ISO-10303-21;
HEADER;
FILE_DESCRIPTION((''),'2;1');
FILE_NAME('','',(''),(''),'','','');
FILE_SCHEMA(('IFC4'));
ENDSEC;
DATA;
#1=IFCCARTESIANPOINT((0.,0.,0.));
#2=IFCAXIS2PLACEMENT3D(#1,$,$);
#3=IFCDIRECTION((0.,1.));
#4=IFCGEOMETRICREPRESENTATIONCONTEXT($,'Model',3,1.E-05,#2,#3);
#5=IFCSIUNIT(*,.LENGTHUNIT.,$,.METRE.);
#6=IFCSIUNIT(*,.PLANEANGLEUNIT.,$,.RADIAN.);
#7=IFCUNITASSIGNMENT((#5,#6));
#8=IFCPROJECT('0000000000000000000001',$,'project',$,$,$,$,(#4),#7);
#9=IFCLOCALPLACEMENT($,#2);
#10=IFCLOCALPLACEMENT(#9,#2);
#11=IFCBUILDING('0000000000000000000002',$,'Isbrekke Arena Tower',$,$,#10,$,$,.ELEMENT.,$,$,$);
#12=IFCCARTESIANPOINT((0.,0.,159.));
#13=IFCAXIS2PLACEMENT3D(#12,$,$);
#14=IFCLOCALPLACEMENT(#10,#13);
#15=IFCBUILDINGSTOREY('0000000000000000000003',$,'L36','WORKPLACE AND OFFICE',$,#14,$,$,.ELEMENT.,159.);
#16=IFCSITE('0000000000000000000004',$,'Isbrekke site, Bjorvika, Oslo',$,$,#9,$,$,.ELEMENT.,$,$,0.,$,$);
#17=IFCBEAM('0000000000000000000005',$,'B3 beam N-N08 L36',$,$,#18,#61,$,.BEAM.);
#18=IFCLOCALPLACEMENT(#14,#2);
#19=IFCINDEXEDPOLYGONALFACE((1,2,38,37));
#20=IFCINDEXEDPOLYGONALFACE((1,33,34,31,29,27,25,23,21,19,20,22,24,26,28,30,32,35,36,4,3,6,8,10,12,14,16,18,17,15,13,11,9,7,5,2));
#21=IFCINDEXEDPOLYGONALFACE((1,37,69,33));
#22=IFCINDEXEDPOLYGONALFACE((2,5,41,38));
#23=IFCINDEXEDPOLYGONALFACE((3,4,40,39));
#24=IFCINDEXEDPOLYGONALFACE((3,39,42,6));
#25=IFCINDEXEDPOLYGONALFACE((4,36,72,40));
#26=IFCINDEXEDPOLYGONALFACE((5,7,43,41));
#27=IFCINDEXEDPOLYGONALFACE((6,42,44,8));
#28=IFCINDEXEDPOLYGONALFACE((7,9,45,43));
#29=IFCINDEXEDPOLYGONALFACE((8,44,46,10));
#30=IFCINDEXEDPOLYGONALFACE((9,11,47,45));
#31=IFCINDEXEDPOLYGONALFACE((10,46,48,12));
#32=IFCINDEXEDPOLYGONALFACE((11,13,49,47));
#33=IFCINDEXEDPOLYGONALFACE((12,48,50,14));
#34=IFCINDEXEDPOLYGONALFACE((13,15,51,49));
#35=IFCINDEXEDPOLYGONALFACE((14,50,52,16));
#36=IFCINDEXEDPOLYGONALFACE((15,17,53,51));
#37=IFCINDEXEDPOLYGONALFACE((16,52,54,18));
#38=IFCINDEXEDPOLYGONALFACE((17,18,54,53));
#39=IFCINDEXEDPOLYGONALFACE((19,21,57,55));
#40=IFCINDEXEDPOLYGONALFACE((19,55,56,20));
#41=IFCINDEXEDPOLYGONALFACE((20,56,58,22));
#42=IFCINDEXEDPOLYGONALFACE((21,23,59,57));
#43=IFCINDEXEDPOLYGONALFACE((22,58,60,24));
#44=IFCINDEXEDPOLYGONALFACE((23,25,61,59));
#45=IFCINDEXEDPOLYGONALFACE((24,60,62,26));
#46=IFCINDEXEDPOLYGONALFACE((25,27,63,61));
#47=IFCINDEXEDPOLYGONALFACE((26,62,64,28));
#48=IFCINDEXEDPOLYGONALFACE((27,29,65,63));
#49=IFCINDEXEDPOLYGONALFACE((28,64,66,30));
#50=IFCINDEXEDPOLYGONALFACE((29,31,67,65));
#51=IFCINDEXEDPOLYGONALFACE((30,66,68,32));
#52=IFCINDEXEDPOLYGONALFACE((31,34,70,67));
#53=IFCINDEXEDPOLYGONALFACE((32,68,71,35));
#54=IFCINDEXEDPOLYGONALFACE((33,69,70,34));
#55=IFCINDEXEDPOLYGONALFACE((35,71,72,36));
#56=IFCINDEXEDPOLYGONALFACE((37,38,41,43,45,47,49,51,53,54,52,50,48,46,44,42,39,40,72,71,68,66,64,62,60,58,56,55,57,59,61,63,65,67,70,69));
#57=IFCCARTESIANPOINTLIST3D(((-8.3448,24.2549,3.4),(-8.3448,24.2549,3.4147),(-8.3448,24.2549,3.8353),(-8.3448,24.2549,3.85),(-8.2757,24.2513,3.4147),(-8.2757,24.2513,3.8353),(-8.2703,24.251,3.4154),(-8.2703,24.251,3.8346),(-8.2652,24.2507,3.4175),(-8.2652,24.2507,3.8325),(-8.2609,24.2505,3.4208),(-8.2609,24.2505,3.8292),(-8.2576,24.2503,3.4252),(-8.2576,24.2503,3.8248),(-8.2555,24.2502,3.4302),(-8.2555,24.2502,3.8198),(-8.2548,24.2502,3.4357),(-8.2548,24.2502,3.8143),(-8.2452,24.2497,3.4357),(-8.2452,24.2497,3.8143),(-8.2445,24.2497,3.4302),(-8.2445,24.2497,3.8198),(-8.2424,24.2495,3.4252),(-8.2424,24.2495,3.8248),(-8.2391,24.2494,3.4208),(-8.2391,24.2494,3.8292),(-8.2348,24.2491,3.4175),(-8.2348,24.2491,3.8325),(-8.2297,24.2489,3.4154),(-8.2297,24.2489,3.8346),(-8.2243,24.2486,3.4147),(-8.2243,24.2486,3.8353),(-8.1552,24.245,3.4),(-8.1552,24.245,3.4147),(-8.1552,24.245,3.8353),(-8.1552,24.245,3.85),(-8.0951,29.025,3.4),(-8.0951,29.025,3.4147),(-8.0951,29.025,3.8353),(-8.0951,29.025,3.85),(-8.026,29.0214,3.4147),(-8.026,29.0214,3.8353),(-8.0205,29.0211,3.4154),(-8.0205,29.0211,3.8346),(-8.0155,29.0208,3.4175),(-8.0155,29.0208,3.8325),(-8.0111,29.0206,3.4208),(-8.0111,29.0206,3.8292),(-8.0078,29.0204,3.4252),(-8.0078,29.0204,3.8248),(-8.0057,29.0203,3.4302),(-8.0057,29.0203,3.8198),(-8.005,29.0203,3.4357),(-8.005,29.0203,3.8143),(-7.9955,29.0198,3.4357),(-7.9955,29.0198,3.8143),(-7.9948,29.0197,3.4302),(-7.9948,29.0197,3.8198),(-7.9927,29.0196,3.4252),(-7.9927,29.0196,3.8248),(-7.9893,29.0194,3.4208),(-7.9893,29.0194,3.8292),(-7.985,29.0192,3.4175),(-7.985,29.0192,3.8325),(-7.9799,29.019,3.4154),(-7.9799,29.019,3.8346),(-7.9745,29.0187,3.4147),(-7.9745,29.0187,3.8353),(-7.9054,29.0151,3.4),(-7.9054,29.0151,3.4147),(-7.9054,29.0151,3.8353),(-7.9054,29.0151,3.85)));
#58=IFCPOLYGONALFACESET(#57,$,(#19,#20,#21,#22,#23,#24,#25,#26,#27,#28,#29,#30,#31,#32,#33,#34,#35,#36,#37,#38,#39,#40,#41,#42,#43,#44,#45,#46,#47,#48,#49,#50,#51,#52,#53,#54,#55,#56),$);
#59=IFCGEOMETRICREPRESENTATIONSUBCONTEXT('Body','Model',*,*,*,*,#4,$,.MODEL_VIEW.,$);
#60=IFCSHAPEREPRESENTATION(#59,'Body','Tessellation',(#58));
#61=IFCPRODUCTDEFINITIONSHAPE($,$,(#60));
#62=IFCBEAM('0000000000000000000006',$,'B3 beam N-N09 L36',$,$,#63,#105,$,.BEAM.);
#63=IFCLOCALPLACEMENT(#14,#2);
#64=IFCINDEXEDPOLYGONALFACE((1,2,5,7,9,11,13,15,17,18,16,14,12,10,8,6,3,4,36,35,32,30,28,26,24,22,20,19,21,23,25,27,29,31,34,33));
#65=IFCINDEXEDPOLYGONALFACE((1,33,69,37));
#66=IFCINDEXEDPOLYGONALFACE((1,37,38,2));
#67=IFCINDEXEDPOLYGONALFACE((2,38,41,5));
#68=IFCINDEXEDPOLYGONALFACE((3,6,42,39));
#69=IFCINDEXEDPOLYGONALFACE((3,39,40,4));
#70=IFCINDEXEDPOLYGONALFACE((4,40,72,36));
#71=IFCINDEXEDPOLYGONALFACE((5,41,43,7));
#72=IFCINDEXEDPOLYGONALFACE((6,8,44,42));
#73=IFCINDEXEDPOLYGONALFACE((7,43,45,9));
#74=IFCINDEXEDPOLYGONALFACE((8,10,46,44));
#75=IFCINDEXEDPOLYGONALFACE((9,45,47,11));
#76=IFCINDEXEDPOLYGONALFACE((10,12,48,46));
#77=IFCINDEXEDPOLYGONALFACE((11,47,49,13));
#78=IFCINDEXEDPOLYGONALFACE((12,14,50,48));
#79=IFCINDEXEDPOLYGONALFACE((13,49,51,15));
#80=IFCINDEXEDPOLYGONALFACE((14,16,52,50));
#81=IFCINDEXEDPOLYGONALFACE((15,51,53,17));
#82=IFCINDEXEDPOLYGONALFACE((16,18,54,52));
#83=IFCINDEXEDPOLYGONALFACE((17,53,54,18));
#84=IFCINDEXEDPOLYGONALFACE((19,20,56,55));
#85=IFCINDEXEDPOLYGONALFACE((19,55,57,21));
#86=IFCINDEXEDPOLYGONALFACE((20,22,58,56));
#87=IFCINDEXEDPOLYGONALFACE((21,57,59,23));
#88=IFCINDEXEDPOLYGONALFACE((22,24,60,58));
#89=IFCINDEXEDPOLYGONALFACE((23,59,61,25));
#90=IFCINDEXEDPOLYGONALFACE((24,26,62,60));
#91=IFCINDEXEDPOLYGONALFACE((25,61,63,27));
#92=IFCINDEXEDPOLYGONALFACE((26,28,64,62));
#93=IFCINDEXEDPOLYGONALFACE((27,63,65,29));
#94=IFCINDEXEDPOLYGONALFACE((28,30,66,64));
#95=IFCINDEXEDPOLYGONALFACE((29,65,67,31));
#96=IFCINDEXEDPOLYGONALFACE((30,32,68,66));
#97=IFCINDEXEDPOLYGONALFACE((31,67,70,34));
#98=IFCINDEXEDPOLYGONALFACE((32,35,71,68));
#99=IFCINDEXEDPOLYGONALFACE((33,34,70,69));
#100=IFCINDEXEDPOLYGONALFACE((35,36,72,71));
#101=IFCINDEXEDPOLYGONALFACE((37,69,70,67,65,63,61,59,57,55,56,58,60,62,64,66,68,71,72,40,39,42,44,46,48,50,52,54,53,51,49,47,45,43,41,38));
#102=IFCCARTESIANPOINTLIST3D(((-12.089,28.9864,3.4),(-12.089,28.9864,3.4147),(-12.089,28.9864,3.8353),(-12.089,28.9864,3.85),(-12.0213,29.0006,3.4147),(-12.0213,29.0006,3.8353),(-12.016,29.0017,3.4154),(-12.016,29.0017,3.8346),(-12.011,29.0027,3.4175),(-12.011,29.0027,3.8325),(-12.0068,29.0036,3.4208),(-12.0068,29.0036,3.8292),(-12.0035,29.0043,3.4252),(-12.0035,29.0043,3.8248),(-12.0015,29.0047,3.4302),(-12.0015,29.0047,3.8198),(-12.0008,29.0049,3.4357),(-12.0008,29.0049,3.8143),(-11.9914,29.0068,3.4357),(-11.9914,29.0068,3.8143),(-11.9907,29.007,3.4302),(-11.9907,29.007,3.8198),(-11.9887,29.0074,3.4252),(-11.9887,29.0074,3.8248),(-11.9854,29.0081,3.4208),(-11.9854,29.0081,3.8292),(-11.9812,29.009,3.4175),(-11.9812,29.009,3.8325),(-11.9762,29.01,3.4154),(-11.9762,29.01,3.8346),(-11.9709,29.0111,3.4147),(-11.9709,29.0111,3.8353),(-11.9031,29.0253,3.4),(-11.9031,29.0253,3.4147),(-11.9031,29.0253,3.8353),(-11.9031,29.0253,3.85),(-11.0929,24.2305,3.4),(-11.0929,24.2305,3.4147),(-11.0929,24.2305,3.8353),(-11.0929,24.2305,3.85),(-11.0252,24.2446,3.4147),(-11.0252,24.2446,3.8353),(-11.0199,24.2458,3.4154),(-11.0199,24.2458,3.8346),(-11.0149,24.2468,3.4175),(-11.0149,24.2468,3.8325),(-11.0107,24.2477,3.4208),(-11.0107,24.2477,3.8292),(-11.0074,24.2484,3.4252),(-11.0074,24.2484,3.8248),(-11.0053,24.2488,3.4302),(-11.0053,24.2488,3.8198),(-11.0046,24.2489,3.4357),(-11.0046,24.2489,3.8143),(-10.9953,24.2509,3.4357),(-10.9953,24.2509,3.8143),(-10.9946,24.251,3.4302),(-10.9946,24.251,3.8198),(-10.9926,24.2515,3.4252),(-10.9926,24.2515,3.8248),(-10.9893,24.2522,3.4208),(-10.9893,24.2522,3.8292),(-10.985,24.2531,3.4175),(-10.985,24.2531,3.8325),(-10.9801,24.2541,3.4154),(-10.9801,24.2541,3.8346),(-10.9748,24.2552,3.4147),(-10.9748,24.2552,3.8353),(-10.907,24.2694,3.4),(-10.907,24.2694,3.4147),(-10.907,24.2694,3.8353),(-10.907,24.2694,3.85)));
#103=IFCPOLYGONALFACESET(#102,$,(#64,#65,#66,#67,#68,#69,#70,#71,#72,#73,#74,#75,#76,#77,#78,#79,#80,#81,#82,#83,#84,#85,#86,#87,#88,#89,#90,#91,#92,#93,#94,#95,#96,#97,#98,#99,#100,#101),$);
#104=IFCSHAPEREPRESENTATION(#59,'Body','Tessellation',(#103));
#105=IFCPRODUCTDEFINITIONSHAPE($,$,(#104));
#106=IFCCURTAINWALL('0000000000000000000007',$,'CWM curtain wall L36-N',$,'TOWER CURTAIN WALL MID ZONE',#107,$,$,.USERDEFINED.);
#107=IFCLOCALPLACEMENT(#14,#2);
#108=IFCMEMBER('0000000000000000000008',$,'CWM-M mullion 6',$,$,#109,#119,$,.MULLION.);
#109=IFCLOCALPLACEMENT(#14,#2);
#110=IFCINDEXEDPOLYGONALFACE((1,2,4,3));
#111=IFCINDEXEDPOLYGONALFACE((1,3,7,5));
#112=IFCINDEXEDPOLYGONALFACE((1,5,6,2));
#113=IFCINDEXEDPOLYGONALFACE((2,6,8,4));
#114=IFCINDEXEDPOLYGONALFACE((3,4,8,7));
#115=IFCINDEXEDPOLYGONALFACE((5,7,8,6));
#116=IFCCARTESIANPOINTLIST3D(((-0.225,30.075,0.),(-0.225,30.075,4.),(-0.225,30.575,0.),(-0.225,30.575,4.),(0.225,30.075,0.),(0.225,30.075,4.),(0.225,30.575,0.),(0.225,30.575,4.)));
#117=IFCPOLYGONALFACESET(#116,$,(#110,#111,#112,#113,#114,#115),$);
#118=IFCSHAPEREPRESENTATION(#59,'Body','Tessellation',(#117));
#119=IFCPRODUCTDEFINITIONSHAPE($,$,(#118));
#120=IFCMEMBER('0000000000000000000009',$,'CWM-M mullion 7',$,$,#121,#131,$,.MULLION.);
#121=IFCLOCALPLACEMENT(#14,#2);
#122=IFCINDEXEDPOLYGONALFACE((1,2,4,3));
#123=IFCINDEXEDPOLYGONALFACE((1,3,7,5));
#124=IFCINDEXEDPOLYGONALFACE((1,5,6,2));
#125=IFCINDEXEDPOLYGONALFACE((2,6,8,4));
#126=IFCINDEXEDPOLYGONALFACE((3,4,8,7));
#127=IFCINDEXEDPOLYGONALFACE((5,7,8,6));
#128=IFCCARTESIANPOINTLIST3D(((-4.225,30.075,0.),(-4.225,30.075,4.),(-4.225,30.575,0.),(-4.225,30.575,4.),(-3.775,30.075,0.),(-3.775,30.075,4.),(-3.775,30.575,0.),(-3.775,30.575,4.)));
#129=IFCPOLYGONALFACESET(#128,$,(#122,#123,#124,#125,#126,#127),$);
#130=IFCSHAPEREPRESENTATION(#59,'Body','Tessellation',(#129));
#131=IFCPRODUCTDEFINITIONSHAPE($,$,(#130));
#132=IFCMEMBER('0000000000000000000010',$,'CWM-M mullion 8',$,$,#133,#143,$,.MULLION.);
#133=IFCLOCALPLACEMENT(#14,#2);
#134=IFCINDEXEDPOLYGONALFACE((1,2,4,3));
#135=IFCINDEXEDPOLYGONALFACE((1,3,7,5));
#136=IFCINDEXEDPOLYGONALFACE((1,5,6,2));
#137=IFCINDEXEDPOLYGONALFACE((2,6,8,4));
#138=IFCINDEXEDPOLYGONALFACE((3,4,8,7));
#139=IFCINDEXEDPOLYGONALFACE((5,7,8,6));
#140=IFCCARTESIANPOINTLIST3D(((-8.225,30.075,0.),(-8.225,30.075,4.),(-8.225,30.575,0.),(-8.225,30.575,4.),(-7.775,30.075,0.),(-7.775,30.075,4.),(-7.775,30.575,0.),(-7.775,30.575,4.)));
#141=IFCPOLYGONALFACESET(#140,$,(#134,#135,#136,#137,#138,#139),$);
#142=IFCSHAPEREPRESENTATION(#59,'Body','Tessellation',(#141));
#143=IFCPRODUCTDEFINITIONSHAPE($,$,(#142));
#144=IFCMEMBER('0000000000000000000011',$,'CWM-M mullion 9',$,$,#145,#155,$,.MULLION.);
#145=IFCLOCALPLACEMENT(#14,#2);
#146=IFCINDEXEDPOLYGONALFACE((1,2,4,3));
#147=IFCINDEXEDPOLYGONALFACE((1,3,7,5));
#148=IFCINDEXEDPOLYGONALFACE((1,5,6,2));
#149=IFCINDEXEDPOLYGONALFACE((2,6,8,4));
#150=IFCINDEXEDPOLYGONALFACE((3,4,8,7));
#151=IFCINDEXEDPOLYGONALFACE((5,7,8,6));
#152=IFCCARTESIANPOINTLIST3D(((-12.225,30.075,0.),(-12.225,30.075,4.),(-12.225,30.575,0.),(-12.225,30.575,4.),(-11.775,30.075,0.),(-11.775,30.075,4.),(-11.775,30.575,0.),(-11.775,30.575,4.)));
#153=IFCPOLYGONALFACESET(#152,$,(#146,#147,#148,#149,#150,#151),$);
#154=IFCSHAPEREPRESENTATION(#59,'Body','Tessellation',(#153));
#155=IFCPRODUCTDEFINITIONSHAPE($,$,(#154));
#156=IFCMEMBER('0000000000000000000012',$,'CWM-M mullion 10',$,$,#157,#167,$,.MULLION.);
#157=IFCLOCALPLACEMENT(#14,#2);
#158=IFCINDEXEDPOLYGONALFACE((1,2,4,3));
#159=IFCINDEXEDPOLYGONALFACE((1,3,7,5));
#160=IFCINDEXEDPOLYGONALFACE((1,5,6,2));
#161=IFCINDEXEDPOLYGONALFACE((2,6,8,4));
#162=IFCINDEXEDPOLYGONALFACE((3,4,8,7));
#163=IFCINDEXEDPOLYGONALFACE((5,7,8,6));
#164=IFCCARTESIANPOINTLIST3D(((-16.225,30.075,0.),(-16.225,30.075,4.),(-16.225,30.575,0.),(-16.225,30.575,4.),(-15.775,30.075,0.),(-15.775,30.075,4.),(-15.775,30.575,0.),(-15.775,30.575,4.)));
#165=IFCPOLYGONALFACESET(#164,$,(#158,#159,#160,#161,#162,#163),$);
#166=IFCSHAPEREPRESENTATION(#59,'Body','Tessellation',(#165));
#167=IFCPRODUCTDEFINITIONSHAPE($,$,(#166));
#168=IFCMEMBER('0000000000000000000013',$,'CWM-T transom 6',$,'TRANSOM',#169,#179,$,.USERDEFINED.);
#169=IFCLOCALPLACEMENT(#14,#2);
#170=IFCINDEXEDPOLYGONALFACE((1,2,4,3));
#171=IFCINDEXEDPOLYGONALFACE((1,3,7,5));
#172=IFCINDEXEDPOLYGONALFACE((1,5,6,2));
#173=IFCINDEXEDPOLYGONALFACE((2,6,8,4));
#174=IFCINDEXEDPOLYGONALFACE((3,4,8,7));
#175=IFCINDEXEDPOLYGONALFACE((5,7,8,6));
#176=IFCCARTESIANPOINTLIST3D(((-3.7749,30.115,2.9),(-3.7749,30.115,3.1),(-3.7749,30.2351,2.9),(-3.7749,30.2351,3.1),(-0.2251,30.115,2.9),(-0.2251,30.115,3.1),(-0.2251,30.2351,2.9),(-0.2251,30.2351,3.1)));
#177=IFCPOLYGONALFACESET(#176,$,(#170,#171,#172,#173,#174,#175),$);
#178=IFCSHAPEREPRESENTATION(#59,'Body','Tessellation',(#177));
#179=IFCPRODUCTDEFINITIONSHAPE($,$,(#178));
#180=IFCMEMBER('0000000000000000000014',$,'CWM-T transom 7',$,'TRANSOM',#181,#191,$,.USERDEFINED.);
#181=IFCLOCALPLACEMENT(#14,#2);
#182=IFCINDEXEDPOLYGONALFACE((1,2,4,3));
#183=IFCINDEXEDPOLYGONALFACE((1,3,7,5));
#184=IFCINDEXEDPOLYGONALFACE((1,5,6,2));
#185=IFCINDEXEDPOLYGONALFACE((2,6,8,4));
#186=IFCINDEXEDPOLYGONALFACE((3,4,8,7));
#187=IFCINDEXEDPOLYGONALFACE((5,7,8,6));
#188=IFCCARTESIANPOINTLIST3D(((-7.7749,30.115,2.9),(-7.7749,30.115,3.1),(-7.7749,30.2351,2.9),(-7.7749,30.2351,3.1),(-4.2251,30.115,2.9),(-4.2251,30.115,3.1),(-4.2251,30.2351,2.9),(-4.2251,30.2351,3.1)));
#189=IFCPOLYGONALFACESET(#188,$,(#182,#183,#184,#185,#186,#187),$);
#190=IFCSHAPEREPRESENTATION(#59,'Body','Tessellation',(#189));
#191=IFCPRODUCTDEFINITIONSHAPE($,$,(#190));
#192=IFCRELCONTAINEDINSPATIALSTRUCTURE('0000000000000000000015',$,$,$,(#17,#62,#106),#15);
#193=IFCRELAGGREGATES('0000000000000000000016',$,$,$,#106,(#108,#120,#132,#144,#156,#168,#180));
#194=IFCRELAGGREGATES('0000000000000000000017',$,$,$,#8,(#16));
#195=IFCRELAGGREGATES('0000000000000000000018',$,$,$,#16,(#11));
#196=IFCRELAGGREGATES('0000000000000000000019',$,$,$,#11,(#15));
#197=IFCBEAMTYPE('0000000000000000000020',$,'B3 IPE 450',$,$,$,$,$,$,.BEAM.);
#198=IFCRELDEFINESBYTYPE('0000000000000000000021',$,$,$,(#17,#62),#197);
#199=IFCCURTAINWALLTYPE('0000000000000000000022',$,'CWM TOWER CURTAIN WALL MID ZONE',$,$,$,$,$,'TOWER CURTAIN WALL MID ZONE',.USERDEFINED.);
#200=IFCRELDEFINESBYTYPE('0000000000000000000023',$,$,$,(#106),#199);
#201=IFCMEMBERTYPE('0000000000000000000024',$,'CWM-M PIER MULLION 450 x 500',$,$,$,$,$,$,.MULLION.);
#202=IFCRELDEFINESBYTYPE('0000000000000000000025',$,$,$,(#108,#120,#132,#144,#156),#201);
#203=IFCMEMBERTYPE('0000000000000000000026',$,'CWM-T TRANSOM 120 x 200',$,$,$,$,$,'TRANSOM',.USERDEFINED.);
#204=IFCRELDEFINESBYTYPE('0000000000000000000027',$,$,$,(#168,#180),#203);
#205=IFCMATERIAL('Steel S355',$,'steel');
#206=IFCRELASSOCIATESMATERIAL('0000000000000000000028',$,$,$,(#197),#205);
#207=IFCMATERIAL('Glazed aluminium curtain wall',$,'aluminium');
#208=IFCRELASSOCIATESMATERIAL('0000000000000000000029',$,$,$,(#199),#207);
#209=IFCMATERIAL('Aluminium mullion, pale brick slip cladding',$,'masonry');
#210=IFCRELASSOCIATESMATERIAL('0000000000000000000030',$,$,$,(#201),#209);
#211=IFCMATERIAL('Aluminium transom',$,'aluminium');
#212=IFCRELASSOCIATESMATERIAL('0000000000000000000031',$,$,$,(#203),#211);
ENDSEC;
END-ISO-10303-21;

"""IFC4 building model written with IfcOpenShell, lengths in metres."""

from ifc_helpers import new_model, si_unit, direction, frame, origin, origin_2d, place, context, subcontext, project, spatial, rectangle, i_section, extrude, material, material_profile, profile_set, type_object, element, aggregate, save


model = new_model("IFC4")

# Units and contexts
model_context = context("Model", 3, precision=1e-05, world=origin(), true_north=direction((0.0, 1.0)))
body_context = subcontext(model_context, "Body", "Model", "MODEL_VIEW")
ifc_project = project(units=[si_unit("LENGTHUNIT", "METRE"), si_unit("PLANEANGLEUNIT", "RADIAN")], contexts=[model_context])

# Site, building, storey
site_placement = place(None, origin())
site = spatial("IfcSite", under=ifc_project, at=site_placement, Name="Isbrekke site, Bjorvika, Oslo", CompositionType="ELEMENT", RefElevation=0.0)
building_placement = place(site_placement, origin())
building = spatial("IfcBuilding", under=site, at=building_placement, Name="Isbrekke Arena Tower", CompositionType="ELEMENT")
storey_placement = place(building_placement, frame((0.0, 0.0, 159.0)))
storey = spatial("IfcBuildingStorey", under=building, at=storey_placement, Name="L36", Description="WORKPLACE AND OFFICE", CompositionType="ELEMENT", Elevation=159.0)

# Beams
ifc_material_1 = material(Name="Steel S355", Category="steel")
ifc_material_profile_1 = material_profile(ifc_material_1, i_section(OverallWidth=0.1899, OverallDepth=0.45, WebThickness=0.0095, FlangeThickness=0.0146, FilletRadius=0.021, at=origin_2d()), Name="IPE 450")
ifc_profile_set_1 = profile_set([ifc_material_profile_1], Name="Steel S355")
beam_type_1 = type_object("IfcBeamType", Name="B3 IPE 450", PredefinedType="BEAM", material=ifc_profile_set_1)
beam_1_placement = place(storey_placement, frame((-8.0002, 29.02, 3.625), z_axis=(-0.052288, -0.998632, 0.0), x_axis=(0.998632, -0.052288, 0.0)))
element("IfcBeam", 1, at=beam_1_placement, inside=storey, type_object=beam_type_1, Name="B3 beam N-N08 L36", PredefinedType="BEAM", context=body_context, shape_type="SweptSolid", body=[
    extrude(i_section(OverallWidth=0.1899, OverallDepth=0.45, WebThickness=0.0095, FlangeThickness=0.0146, FilletRadius=0.021, at=origin_2d()), origin(), (0.0, 0.0, 1.0), 4.7766),
])
beam_2_placement = place(storey_placement, frame((-11.9961, 29.0059, 3.625), z_axis=(0.204997, -0.978762, 0.0), x_axis=(0.978762, 0.204997, 0.0)))
element("IfcBeam", 2, at=beam_2_placement, inside=storey, type_object=beam_type_1, Name="B3 beam N-N09 L36", PredefinedType="BEAM", context=body_context, shape_type="SweptSolid", body=[
    extrude(i_section(OverallWidth=0.1899, OverallDepth=0.45, WebThickness=0.0095, FlangeThickness=0.0146, FilletRadius=0.021, at=origin_2d()), origin(), (0.0, 0.0, 1.0), 4.8591),
])

# Curtain wall, members
ifc_material_2 = material(Name="Glazed aluminium curtain wall", Category="aluminium")
curtain_wall_type = type_object("IfcCurtainWallType", Name="CWM TOWER CURTAIN WALL MID ZONE", ElementType="TOWER CURTAIN WALL MID ZONE", PredefinedType="USERDEFINED", material=ifc_material_2)
curtain_wall_placement = place(storey_placement, origin())
curtain_wall = element("IfcCurtainWall", 3, at=curtain_wall_placement, inside=storey, type_object=curtain_wall_type, Name="CWM curtain wall L36-N", ObjectType="TOWER CURTAIN WALL MID ZONE", PredefinedType="USERDEFINED")
ifc_material_3 = material(Name="Aluminium mullion, pale brick slip cladding", Category="masonry")
ifc_material_profile_2 = material_profile(ifc_material_3, rectangle(XDim=0.45, YDim=0.5, at=origin_2d()), Name="PIER 450X500")
ifc_profile_set_2 = profile_set([ifc_material_profile_2], Name="Aluminium mullion, pale brick slip cladding")
member_type_1 = type_object("IfcMemberType", Name="CWM-M PIER MULLION 450 x 500", PredefinedType="MULLION", material=ifc_profile_set_2)
member_1_placement = place(storey_placement, frame((0.0, 30.325, 0.0), z_axis=(0.0, 0.0, 1.0), x_axis=(-1.0, 0.0, 0.0)))
member_1 = element("IfcMember", 4, at=member_1_placement, type_object=member_type_1, Name="CWM-M mullion 6", PredefinedType="MULLION", context=body_context, shape_type="SweptSolid", body=[
    extrude(rectangle(XDim=0.45, YDim=0.5, at=origin_2d()), origin(), (0.0, 0.0, 1.0), 4.0),
])
member_2_placement = place(storey_placement, frame((-4.0, 30.325, 0.0), z_axis=(0.0, 0.0, 1.0), x_axis=(-1.0, 0.0, 0.0)))
member_2 = element("IfcMember", 5, at=member_2_placement, type_object=member_type_1, Name="CWM-M mullion 7", PredefinedType="MULLION", context=body_context, shape_type="SweptSolid", body=[
    extrude(rectangle(XDim=0.45, YDim=0.5, at=origin_2d()), origin(), (0.0, 0.0, 1.0), 4.0),
])
member_3_placement = place(storey_placement, frame((-8.0, 30.325, 0.0), z_axis=(0.0, 0.0, 1.0), x_axis=(-1.0, 0.0, 0.0)))
member_3 = element("IfcMember", 6, at=member_3_placement, type_object=member_type_1, Name="CWM-M mullion 8", PredefinedType="MULLION", context=body_context, shape_type="SweptSolid", body=[
    extrude(rectangle(XDim=0.45, YDim=0.5, at=origin_2d()), origin(), (0.0, 0.0, 1.0), 4.0),
])
member_4_placement = place(storey_placement, frame((-12.0, 30.325, 0.0), z_axis=(0.0, 0.0, 1.0), x_axis=(-1.0, 0.0, 0.0)))
member_4 = element("IfcMember", 7, at=member_4_placement, type_object=member_type_1, Name="CWM-M mullion 9", PredefinedType="MULLION", context=body_context, shape_type="SweptSolid", body=[
    extrude(rectangle(XDim=0.45, YDim=0.5, at=origin_2d()), origin(), (0.0, 0.0, 1.0), 4.0),
])
member_5_placement = place(storey_placement, frame((-16.0, 30.325, 0.0), z_axis=(0.0, 0.0, 1.0), x_axis=(-1.0, 0.0, 0.0)))
member_5 = element("IfcMember", 8, at=member_5_placement, type_object=member_type_1, Name="CWM-M mullion 10", PredefinedType="MULLION", context=body_context, shape_type="SweptSolid", body=[
    extrude(rectangle(XDim=0.45, YDim=0.5, at=origin_2d()), origin(), (0.0, 0.0, 1.0), 4.0),
])
ifc_material_4 = material(Name="Aluminium transom", Category="aluminium")
ifc_material_profile_3 = material_profile(ifc_material_4, rectangle(XDim=0.1201, YDim=0.2, at=origin_2d()), Name="TRANSOM 120X200")
ifc_profile_set_3 = profile_set([ifc_material_profile_3], Name="Aluminium transom")
member_type_2 = type_object("IfcMemberType", Name="CWM-T TRANSOM 120 x 200", ElementType="TRANSOM", PredefinedType="USERDEFINED", material=ifc_profile_set_3)
member_6_placement = place(storey_placement, frame((-0.2251, 30.175, 3.0), z_axis=(-1.0, 0.0, 0.0), x_axis=(0.0, -1.0, 0.0)))
member_6 = element("IfcMember", 9, at=member_6_placement, type_object=member_type_2, Name="CWM-T transom 6", ObjectType="TRANSOM", PredefinedType="USERDEFINED", context=body_context, shape_type="SweptSolid", body=[
    extrude(rectangle(XDim=0.1201, YDim=0.2, at=origin_2d()), origin(), (0.0, 0.0, 1.0), 3.5498),
])
member_7_placement = place(storey_placement, frame((-4.2251, 30.175, 3.0), z_axis=(-1.0, 0.0, 0.0), x_axis=(0.0, -1.0, 0.0)))
member_7 = element("IfcMember", 10, at=member_7_placement, type_object=member_type_2, Name="CWM-T transom 7", ObjectType="TRANSOM", PredefinedType="USERDEFINED", context=body_context, shape_type="SweptSolid", body=[
    extrude(rectangle(XDim=0.1201, YDim=0.2, at=origin_2d()), origin(), (0.0, 0.0, 1.0), 3.5498),
])

aggregate(curtain_wall, [member_1, member_2, member_3, member_4, member_5, member_6, member_7])

save(model, "model.ifc")
